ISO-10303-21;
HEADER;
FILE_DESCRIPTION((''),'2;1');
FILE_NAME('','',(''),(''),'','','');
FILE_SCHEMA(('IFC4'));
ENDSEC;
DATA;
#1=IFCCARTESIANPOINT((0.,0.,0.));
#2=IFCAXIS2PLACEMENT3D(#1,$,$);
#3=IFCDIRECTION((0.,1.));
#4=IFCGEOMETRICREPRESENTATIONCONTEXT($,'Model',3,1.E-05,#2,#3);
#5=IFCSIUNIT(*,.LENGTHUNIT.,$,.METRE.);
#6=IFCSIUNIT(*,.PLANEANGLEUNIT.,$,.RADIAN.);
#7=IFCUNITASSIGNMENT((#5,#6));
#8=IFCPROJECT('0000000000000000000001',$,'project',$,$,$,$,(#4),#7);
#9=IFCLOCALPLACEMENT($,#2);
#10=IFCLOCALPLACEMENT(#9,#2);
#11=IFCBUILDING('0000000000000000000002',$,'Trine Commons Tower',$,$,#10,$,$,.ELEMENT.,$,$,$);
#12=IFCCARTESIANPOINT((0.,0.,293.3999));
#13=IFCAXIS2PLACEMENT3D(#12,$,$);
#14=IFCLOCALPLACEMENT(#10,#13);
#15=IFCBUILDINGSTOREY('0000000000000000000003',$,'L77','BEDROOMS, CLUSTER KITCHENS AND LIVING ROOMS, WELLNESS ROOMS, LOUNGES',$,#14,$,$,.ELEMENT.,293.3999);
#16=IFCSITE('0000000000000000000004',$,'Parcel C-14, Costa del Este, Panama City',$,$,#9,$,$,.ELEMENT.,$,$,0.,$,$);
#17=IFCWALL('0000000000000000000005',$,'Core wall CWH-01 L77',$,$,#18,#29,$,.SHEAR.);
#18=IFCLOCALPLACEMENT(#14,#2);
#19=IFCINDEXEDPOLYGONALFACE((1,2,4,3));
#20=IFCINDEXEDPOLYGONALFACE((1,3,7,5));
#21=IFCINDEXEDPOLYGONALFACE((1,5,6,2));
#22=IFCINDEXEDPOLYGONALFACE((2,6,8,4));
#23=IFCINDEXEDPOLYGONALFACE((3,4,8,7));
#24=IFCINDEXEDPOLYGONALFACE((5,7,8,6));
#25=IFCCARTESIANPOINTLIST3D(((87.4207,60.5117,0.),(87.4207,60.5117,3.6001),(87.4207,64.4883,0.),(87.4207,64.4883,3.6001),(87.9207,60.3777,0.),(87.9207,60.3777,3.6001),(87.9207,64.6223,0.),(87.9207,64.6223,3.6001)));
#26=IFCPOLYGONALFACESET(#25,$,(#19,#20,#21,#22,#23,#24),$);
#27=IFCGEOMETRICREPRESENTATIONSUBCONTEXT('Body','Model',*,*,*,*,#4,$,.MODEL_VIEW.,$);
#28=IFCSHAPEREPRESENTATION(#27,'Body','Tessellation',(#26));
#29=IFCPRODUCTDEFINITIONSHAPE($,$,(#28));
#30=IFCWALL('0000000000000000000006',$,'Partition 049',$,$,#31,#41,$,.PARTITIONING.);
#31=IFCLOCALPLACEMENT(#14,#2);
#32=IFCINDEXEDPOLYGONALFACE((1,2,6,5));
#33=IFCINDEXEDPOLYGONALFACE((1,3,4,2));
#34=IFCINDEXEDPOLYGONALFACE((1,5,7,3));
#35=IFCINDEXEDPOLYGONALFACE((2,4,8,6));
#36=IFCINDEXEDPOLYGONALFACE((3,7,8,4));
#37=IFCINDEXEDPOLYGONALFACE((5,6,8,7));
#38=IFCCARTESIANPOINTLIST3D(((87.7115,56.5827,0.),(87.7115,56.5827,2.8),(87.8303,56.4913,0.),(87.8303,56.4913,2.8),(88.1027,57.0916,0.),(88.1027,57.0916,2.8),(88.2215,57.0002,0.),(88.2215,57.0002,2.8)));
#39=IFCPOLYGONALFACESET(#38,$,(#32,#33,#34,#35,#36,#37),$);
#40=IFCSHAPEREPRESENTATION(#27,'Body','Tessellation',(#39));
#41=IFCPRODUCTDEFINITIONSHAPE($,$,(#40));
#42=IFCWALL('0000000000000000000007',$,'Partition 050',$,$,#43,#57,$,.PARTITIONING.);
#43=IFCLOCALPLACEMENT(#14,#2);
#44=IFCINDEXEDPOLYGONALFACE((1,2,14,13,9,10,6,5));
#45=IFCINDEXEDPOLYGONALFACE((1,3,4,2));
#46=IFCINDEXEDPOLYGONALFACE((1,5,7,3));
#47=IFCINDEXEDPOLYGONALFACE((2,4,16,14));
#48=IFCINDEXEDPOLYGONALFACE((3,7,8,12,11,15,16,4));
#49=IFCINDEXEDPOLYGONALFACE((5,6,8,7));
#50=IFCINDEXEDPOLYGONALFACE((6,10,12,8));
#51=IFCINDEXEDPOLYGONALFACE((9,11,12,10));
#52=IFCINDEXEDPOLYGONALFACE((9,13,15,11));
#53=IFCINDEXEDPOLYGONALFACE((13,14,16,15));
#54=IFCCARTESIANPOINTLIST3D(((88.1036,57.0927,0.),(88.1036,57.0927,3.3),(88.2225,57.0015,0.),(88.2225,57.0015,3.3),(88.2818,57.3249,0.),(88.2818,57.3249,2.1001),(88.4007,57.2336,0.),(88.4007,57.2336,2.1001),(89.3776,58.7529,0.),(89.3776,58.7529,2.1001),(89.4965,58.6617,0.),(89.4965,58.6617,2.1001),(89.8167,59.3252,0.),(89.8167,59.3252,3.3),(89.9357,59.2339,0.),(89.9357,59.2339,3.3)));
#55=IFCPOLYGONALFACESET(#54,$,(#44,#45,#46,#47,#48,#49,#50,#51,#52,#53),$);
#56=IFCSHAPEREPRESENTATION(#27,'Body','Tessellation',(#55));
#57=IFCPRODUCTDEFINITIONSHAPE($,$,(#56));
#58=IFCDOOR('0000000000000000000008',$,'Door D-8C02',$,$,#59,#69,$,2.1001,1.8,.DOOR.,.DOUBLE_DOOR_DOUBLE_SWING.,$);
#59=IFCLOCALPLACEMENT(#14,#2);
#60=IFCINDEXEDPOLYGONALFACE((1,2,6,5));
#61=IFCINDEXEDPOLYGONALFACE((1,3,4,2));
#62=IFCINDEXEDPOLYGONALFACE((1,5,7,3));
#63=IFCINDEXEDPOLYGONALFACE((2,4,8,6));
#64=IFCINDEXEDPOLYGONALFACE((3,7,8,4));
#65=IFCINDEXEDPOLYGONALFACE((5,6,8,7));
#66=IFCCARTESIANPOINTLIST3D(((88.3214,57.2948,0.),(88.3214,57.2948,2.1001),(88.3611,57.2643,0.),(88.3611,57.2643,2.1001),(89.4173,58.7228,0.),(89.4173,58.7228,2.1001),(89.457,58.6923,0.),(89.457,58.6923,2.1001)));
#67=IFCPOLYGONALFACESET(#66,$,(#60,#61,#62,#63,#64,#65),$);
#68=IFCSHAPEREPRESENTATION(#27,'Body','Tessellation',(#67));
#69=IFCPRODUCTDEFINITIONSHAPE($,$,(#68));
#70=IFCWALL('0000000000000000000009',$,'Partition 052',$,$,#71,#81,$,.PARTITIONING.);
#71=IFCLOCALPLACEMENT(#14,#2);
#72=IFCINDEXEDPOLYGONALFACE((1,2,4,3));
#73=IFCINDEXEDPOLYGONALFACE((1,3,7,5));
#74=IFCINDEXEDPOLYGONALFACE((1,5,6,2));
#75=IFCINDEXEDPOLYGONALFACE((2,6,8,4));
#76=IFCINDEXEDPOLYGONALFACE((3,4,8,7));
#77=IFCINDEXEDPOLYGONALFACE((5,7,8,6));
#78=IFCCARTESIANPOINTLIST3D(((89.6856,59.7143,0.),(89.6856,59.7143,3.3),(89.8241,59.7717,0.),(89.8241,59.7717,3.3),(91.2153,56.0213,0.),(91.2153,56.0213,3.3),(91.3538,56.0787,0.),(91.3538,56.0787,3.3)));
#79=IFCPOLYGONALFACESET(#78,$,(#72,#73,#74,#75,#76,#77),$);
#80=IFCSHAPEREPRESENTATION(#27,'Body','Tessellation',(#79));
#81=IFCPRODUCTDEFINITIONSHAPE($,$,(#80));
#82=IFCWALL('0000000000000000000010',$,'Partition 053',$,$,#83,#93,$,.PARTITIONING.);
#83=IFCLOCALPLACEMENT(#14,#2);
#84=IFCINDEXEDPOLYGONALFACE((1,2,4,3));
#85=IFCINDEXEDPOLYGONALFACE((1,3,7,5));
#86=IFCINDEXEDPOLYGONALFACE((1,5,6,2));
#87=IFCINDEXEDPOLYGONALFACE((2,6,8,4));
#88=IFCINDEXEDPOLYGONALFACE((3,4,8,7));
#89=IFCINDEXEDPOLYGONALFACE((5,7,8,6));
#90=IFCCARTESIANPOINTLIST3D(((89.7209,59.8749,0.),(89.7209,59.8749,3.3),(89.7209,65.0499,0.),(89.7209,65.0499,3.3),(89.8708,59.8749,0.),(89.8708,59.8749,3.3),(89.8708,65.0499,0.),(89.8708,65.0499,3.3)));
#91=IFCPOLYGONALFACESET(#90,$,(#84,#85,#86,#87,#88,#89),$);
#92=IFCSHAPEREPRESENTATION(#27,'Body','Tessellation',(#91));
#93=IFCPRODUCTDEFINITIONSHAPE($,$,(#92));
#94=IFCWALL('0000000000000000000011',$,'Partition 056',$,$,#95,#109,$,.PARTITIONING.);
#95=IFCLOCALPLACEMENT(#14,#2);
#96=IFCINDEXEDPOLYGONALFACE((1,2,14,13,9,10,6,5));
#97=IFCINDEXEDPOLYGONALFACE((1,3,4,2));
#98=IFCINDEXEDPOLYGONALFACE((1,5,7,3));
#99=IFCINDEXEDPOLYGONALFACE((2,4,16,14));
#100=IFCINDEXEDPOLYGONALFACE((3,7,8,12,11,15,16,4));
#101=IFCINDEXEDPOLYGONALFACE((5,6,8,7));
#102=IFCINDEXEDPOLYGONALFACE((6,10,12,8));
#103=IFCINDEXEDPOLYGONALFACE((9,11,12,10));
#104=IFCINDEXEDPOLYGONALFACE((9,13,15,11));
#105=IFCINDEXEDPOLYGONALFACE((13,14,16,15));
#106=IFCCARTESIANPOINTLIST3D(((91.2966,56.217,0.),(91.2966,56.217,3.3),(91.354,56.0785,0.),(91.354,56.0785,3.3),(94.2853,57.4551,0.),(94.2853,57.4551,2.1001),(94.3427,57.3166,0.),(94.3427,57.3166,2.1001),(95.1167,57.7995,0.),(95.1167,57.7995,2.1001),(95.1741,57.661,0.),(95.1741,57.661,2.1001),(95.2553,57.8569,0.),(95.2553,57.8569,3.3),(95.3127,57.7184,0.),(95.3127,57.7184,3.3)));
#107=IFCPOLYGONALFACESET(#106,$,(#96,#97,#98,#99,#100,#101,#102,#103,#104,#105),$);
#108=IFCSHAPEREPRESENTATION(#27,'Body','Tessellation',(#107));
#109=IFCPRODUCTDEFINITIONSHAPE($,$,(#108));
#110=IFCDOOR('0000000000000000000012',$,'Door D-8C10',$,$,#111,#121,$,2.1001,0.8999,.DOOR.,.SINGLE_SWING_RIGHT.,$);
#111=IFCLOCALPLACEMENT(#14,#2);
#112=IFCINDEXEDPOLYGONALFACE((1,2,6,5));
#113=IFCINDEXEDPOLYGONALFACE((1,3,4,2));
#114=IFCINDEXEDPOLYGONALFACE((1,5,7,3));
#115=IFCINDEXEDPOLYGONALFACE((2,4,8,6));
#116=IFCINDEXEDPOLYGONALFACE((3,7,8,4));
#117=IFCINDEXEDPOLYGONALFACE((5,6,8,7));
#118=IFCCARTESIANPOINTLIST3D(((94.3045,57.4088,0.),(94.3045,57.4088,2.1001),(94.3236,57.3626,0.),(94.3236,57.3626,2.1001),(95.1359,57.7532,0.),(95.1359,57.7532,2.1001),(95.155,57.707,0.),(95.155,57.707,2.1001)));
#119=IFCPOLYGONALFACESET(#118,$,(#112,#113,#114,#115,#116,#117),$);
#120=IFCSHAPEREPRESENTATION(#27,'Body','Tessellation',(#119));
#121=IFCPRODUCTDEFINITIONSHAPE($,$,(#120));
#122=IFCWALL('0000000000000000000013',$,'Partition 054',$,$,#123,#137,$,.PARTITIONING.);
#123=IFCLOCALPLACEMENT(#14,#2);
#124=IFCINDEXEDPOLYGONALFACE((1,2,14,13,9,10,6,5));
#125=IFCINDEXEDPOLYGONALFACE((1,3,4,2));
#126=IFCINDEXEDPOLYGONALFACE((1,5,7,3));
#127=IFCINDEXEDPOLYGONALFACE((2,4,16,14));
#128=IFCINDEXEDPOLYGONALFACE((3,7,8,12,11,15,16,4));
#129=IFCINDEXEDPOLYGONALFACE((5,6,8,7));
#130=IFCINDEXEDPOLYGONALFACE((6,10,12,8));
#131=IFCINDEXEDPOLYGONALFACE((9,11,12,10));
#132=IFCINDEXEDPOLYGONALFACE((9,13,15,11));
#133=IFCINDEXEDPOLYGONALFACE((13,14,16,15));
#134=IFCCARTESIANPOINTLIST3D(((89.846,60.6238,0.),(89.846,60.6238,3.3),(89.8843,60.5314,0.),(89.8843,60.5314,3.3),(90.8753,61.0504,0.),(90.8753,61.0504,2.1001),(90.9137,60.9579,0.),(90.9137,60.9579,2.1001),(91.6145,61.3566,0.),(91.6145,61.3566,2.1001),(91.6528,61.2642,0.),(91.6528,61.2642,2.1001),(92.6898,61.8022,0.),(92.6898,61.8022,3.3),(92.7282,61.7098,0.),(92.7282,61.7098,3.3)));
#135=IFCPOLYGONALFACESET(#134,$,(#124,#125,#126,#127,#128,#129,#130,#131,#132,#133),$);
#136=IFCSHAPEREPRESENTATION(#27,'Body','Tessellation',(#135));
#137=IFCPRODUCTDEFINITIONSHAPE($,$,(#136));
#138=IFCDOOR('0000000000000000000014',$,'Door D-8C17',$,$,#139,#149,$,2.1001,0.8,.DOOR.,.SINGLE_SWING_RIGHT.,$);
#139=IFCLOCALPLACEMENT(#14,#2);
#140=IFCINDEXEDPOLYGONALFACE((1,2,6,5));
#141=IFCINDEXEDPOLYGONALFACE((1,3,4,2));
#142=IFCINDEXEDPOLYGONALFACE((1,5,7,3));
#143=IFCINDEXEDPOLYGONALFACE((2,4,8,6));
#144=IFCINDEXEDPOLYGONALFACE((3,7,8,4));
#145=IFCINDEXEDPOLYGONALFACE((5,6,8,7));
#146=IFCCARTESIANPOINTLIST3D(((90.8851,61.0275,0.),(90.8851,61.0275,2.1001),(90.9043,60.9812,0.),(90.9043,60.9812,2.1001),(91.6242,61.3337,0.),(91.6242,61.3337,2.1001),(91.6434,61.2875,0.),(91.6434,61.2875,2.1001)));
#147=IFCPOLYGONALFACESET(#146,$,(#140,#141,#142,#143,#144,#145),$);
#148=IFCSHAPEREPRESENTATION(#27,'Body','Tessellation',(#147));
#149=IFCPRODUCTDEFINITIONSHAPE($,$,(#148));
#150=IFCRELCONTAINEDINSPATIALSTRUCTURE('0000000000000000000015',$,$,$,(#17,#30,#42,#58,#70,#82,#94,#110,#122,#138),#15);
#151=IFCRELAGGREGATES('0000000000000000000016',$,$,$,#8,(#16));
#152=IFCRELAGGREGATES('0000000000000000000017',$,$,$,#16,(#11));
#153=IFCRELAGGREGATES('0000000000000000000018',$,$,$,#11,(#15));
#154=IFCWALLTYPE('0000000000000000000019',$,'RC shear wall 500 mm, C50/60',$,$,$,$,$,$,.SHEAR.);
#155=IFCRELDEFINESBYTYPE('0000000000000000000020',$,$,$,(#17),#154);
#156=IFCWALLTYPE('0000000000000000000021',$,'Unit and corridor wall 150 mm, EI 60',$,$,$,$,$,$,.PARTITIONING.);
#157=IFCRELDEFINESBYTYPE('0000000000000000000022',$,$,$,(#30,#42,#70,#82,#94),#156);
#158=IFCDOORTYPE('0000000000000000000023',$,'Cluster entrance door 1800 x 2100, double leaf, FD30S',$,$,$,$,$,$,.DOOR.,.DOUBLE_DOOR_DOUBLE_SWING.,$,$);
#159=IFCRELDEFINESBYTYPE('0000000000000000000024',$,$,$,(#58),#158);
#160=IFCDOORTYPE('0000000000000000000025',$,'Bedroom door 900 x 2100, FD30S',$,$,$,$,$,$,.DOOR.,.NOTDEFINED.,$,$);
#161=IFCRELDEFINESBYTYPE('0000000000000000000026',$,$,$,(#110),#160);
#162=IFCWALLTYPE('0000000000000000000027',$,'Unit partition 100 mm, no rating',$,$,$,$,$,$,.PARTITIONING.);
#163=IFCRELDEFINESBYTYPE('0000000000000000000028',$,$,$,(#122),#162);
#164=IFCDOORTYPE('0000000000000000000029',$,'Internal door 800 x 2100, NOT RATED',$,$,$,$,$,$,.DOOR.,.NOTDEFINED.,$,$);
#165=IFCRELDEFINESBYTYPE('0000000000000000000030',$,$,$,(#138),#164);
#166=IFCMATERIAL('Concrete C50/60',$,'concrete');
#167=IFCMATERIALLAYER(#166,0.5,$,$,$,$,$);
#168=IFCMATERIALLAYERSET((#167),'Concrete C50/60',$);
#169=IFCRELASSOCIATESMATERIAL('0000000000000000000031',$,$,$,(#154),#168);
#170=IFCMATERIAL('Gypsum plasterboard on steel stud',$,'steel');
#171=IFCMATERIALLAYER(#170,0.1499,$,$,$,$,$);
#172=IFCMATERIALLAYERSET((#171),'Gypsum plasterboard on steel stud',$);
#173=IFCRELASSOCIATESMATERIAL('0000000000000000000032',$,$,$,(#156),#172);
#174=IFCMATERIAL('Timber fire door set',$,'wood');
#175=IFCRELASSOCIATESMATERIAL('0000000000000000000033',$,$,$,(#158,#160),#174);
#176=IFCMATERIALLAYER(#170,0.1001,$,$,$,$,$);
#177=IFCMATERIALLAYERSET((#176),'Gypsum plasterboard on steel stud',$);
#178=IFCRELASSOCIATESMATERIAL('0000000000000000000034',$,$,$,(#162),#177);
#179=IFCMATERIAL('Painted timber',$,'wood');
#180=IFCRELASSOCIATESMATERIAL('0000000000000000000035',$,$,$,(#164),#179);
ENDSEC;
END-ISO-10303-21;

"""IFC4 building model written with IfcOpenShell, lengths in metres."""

from ifc_helpers import new_model, si_unit, direction, frame, frame_2d, origin, place, context, subcontext, project, spatial, polyline, rectangle, outline, extrude, material, layer, layer_set, type_object, element, fill, save


model = new_model("IFC4")

# Units and contexts
model_context = context("Model", 3, precision=1e-05, world=origin(), true_north=direction((0.0, 1.0)))
body_context = subcontext(model_context, "Body", "Model", "MODEL_VIEW")
ifc_project = project(units=[si_unit("LENGTHUNIT", "METRE"), si_unit("PLANEANGLEUNIT", "RADIAN")], contexts=[model_context])

# Site, building, storey
site_placement = place(None, origin())
site = spatial("IfcSite", under=ifc_project, at=site_placement, Name="Parcel C-14, Costa del Este, Panama City", CompositionType="ELEMENT", RefElevation=0.0)
building_placement = place(site_placement, origin())
building = spatial("IfcBuilding", under=site, at=building_placement, Name="Trine Commons Tower", CompositionType="ELEMENT")
storey_placement = place(building_placement, frame((0.0, 0.0, 293.3999)))
storey = spatial("IfcBuildingStorey", under=building, at=storey_placement, Name="L77", Description="BEDROOMS, CLUSTER KITCHENS AND LIVING ROOMS, WELLNESS ROOMS, LOUNGES", CompositionType="ELEMENT", Elevation=293.3999)

# Shared definitions
ifc_material_1 = material(Name="Concrete C50/60", Category="concrete")

# Walls
ifc_layer_1 = layer(ifc_material_1, 0.5)
ifc_layer_set_1 = layer_set([ifc_layer_1], Name="Concrete C50/60")
wall_type_1 = type_object("IfcWallType", Name="RC shear wall 500 mm, C50/60", PredefinedType="SHEAR", material=ifc_layer_set_1)
wall_1_placement = place(storey_placement, frame((87.6707, 60.3777, 0.0), z_axis=(0.0, 0.0, 1.0), x_axis=(0.0, 1.0, 0.0)))
element("IfcWall", 1, at=wall_1_placement, inside=storey, type_object=wall_type_1, Name="Core wall CWH-01 L77", PredefinedType="SHEAR", context=body_context, shape_type="SweptSolid", body=[
    extrude(outline(polyline([(0.0, -0.25), (4.2446, -0.25), (4.1106, 0.25), (0.134, 0.25), (0.0, -0.25)])), origin(), (0.0, 0.0, 1.0), 3.6001),
])
ifc_material_2 = material(Name="Gypsum plasterboard on steel stud", Category="steel")
ifc_layer_2 = layer(ifc_material_2, 0.1499)
ifc_layer_set_2 = layer_set([ifc_layer_2], Name="Gypsum plasterboard on steel stud")
wall_type_2 = type_object("IfcWallType", Name="Unit and corridor wall 150 mm, EI 60", PredefinedType="PARTITIONING", material=ifc_layer_set_2)
wall_2_placement = place(storey_placement, frame((87.771, 56.5371, 0.0), z_axis=(0.0, 0.0, 1.0), x_axis=(0.609453, 0.792822, 0.0)))
element("IfcWall", 2, at=wall_2_placement, inside=storey, type_object=wall_type_2, Name="Partition 049", PredefinedType="PARTITIONING", context=body_context, shape_type="SweptSolid", body=[
    extrude(rectangle(XDim=0.6418, YDim=0.1499, at=frame_2d((0.3208, 0.0))), origin(), (0.0, 0.0, 1.0), 2.8),
])

# Wall, opening, door
wall_3_placement = place(storey_placement, frame((88.1631, 57.0471, 0.0), z_axis=(0.0, 0.0, 1.0), x_axis=(0.608792, 0.79333, 0.0)))
wall_3 = element("IfcWall", 3, at=wall_3_placement, inside=storey, type_object=wall_type_2, Name="Partition 050", PredefinedType="PARTITIONING", context=body_context, shape_type="SweptSolid", body=[
    extrude(rectangle(XDim=2.814, YDim=0.1499, at=frame_2d((1.407, 0.0))), origin(), (0.0, 0.0, 1.0), 3.3),
])
opening_1_placement = place(wall_3_placement, frame((0.2927, 0.0, 0.0)))
opening_1 = element("IfcOpeningElement", 4, at=opening_1_placement, cuts=wall_3, PredefinedType="OPENING", context=body_context, shape_type="SweptSolid", body=[
    extrude(rectangle(XDim=1.8, YDim=2.1001, at=frame_2d((0.8999, 1.05))), frame((0.0, 0.085, 0.0), z_axis=(0.0, -1.0, 0.0), x_axis=(1.0, 0.0, 0.0)), (0.0, 0.0, 1.0), 0.1699),
])
ifc_material_3 = material(Name="Timber fire door set", Category="wood")
door_type_1 = type_object("IfcDoorType", Name="Cluster entrance door 1800 x 2100, double leaf, FD30S", OperationType="DOUBLE_DOOR_DOUBLE_SWING", PredefinedType="DOOR", material=ifc_material_3)
door_1_placement = place(opening_1_placement, frame((1.8, 0.0, 0.0), z_axis=(0.0, 0.0, 1.0), x_axis=(-1.0, 0.0, 0.0)))
door_1 = element("IfcDoor", 5, at=door_1_placement, inside=storey, type_object=door_type_1, Name="Door D-8C02", OperationType="DOUBLE_DOOR_DOUBLE_SWING", OverallHeight=2.1001, OverallWidth=1.8, PredefinedType="DOOR", context=body_context, shape_type="SweptSolid", body=[
    extrude(rectangle(XDim=1.8, YDim=2.1001, at=frame_2d((0.8999, 1.05))), frame((0.0, 0.0249, 0.0), z_axis=(0.0, -1.0, 0.0), x_axis=(1.0, 0.0, 0.0)), (0.0, 0.0, 1.0), 0.05),
])
fill(opening_1, door_1)

# Walls
wall_4_placement = place(storey_placement, frame((89.7549, 59.7429, 0.0), z_axis=(0.0, 0.0, 1.0), x_axis=(0.382693, -0.923875, 0.0)))
element("IfcWall", 6, at=wall_4_placement, inside=storey, type_object=wall_type_2, Name="Partition 052", PredefinedType="PARTITIONING", context=body_context, shape_type="SweptSolid", body=[
    extrude(rectangle(XDim=3.9973, YDim=0.1499, at=frame_2d((1.9985, 0.0))), origin(), (0.0, 0.0, 1.0), 3.3),
])
wall_5_placement = place(storey_placement, frame((89.7959, 59.875, 0.0), z_axis=(0.0, 0.0, 1.0), x_axis=(0.0, 1.0, 0.0)))
element("IfcWall", 7, at=wall_5_placement, inside=storey, type_object=wall_type_2, Name="Partition 053", PredefinedType="PARTITIONING", context=body_context, shape_type="SweptSolid", body=[
    extrude(rectangle(XDim=5.175, YDim=0.1499, at=frame_2d((2.5874, 0.0))), origin(), (0.0, 0.0, 1.0), 3.3),
])

# Walls, openings, doors
wall_6_placement = place(storey_placement, frame((91.3252, 56.1477, 0.0), z_axis=(0.0, 0.0, 1.0), x_axis=(0.923869, 0.382709, 0.0)))
wall_6 = element("IfcWall", 8, at=wall_6_placement, inside=storey, type_object=wall_type_2, Name="Partition 056", PredefinedType="PARTITIONING", context=body_context, shape_type="SweptSolid", body=[
    extrude(rectangle(XDim=4.2849, YDim=0.1499, at=frame_2d((2.1426, 0.0))), origin(), (0.0, 0.0, 1.0), 3.3),
])
opening_2_placement = place(wall_6_placement, frame((3.2351, 0.0, 0.0)))
opening_2 = element("IfcOpeningElement", 9, at=opening_2_placement, cuts=wall_6, PredefinedType="OPENING", context=body_context, shape_type="SweptSolid", body=[
    extrude(rectangle(XDim=0.8999, YDim=2.1001, at=frame_2d((0.45, 1.05))), frame((0.0, 0.085, 0.0), z_axis=(0.0, -1.0, 0.0), x_axis=(1.0, 0.0, 0.0)), (0.0, 0.0, 1.0), 0.1699),
])
door_type_2 = type_object("IfcDoorType", Name="Bedroom door 900 x 2100, FD30S", OperationType="NOTDEFINED", PredefinedType="DOOR", material=ifc_material_3)
door_2_placement = place(opening_2_placement, origin())
door_2 = element("IfcDoor", 10, at=door_2_placement, inside=storey, type_object=door_type_2, Name="Door D-8C10", OperationType="SINGLE_SWING_RIGHT", OverallHeight=2.1001, OverallWidth=0.8999, PredefinedType="DOOR", context=body_context, shape_type="SweptSolid", body=[
    extrude(rectangle(XDim=0.8999, YDim=2.1001, at=frame_2d((0.45, 1.05))), frame((0.0, 0.0249, 0.0), z_axis=(0.0, -1.0, 0.0), x_axis=(1.0, 0.0, 0.0)), (0.0, 0.0, 1.0), 0.05),
])
fill(opening_2, door_2)
ifc_layer_3 = layer(ifc_material_2, 0.1001)
ifc_layer_set_3 = layer_set([ifc_layer_3], Name="Gypsum plasterboard on steel stud")
wall_type_3 = type_object("IfcWallType", Name="Unit partition 100 mm, no rating", PredefinedType="PARTITIONING", material=ifc_layer_set_3)
wall_7_placement = place(storey_placement, frame((89.8652, 60.5776, 0.0), z_axis=(0.0, 0.0, 1.0), x_axis=(0.923828, 0.382807, 0.0)))
wall_7 = element("IfcWall", 11, at=wall_7_placement, inside=storey, type_object=wall_type_3, Name="Partition 054", PredefinedType="PARTITIONING", context=body_context, shape_type="SweptSolid", body=[
    extrude(rectangle(XDim=3.0784, YDim=0.1001, at=frame_2d((1.5391, 0.0))), origin(), (0.0, 0.0, 1.0), 3.3),
])
opening_3_placement = place(wall_7_placement, frame((1.1143, 0.0, 0.0)))
opening_3 = element("IfcOpeningElement", 12, at=opening_3_placement, cuts=wall_7, PredefinedType="OPENING", context=body_context, shape_type="SweptSolid", body=[
    extrude(rectangle(XDim=0.8, YDim=2.1001, at=frame_2d((0.3999, 1.05))), frame((0.0, 0.0601, 0.0), z_axis=(0.0, -1.0, 0.0), x_axis=(1.0, 0.0, 0.0)), (0.0, 0.0, 1.0), 0.1201),
])
ifc_material_4 = material(Name="Painted timber", Category="wood")
door_type_3 = type_object("IfcDoorType", Name="Internal door 800 x 2100, NOT RATED", OperationType="NOTDEFINED", PredefinedType="DOOR", material=ifc_material_4)
door_3_placement = place(opening_3_placement, frame((0.8, 0.0, 0.0), z_axis=(0.0, 0.0, 1.0), x_axis=(-1.0, 0.0, 0.0)))
door_3 = element("IfcDoor", 13, at=door_3_placement, inside=storey, type_object=door_type_3, Name="Door D-8C17", OperationType="SINGLE_SWING_RIGHT", OverallHeight=2.1001, OverallWidth=0.8, PredefinedType="DOOR", context=body_context, shape_type="SweptSolid", body=[
    extrude(rectangle(XDim=0.8, YDim=2.1001, at=frame_2d((0.3999, 1.05))), frame((0.0, 0.0249, 0.0), z_axis=(0.0, -1.0, 0.0), x_axis=(1.0, 0.0, 0.0)), (0.0, 0.0, 1.0), 0.05),
])
fill(opening_3, door_3)

save(model, "model.ifc")
